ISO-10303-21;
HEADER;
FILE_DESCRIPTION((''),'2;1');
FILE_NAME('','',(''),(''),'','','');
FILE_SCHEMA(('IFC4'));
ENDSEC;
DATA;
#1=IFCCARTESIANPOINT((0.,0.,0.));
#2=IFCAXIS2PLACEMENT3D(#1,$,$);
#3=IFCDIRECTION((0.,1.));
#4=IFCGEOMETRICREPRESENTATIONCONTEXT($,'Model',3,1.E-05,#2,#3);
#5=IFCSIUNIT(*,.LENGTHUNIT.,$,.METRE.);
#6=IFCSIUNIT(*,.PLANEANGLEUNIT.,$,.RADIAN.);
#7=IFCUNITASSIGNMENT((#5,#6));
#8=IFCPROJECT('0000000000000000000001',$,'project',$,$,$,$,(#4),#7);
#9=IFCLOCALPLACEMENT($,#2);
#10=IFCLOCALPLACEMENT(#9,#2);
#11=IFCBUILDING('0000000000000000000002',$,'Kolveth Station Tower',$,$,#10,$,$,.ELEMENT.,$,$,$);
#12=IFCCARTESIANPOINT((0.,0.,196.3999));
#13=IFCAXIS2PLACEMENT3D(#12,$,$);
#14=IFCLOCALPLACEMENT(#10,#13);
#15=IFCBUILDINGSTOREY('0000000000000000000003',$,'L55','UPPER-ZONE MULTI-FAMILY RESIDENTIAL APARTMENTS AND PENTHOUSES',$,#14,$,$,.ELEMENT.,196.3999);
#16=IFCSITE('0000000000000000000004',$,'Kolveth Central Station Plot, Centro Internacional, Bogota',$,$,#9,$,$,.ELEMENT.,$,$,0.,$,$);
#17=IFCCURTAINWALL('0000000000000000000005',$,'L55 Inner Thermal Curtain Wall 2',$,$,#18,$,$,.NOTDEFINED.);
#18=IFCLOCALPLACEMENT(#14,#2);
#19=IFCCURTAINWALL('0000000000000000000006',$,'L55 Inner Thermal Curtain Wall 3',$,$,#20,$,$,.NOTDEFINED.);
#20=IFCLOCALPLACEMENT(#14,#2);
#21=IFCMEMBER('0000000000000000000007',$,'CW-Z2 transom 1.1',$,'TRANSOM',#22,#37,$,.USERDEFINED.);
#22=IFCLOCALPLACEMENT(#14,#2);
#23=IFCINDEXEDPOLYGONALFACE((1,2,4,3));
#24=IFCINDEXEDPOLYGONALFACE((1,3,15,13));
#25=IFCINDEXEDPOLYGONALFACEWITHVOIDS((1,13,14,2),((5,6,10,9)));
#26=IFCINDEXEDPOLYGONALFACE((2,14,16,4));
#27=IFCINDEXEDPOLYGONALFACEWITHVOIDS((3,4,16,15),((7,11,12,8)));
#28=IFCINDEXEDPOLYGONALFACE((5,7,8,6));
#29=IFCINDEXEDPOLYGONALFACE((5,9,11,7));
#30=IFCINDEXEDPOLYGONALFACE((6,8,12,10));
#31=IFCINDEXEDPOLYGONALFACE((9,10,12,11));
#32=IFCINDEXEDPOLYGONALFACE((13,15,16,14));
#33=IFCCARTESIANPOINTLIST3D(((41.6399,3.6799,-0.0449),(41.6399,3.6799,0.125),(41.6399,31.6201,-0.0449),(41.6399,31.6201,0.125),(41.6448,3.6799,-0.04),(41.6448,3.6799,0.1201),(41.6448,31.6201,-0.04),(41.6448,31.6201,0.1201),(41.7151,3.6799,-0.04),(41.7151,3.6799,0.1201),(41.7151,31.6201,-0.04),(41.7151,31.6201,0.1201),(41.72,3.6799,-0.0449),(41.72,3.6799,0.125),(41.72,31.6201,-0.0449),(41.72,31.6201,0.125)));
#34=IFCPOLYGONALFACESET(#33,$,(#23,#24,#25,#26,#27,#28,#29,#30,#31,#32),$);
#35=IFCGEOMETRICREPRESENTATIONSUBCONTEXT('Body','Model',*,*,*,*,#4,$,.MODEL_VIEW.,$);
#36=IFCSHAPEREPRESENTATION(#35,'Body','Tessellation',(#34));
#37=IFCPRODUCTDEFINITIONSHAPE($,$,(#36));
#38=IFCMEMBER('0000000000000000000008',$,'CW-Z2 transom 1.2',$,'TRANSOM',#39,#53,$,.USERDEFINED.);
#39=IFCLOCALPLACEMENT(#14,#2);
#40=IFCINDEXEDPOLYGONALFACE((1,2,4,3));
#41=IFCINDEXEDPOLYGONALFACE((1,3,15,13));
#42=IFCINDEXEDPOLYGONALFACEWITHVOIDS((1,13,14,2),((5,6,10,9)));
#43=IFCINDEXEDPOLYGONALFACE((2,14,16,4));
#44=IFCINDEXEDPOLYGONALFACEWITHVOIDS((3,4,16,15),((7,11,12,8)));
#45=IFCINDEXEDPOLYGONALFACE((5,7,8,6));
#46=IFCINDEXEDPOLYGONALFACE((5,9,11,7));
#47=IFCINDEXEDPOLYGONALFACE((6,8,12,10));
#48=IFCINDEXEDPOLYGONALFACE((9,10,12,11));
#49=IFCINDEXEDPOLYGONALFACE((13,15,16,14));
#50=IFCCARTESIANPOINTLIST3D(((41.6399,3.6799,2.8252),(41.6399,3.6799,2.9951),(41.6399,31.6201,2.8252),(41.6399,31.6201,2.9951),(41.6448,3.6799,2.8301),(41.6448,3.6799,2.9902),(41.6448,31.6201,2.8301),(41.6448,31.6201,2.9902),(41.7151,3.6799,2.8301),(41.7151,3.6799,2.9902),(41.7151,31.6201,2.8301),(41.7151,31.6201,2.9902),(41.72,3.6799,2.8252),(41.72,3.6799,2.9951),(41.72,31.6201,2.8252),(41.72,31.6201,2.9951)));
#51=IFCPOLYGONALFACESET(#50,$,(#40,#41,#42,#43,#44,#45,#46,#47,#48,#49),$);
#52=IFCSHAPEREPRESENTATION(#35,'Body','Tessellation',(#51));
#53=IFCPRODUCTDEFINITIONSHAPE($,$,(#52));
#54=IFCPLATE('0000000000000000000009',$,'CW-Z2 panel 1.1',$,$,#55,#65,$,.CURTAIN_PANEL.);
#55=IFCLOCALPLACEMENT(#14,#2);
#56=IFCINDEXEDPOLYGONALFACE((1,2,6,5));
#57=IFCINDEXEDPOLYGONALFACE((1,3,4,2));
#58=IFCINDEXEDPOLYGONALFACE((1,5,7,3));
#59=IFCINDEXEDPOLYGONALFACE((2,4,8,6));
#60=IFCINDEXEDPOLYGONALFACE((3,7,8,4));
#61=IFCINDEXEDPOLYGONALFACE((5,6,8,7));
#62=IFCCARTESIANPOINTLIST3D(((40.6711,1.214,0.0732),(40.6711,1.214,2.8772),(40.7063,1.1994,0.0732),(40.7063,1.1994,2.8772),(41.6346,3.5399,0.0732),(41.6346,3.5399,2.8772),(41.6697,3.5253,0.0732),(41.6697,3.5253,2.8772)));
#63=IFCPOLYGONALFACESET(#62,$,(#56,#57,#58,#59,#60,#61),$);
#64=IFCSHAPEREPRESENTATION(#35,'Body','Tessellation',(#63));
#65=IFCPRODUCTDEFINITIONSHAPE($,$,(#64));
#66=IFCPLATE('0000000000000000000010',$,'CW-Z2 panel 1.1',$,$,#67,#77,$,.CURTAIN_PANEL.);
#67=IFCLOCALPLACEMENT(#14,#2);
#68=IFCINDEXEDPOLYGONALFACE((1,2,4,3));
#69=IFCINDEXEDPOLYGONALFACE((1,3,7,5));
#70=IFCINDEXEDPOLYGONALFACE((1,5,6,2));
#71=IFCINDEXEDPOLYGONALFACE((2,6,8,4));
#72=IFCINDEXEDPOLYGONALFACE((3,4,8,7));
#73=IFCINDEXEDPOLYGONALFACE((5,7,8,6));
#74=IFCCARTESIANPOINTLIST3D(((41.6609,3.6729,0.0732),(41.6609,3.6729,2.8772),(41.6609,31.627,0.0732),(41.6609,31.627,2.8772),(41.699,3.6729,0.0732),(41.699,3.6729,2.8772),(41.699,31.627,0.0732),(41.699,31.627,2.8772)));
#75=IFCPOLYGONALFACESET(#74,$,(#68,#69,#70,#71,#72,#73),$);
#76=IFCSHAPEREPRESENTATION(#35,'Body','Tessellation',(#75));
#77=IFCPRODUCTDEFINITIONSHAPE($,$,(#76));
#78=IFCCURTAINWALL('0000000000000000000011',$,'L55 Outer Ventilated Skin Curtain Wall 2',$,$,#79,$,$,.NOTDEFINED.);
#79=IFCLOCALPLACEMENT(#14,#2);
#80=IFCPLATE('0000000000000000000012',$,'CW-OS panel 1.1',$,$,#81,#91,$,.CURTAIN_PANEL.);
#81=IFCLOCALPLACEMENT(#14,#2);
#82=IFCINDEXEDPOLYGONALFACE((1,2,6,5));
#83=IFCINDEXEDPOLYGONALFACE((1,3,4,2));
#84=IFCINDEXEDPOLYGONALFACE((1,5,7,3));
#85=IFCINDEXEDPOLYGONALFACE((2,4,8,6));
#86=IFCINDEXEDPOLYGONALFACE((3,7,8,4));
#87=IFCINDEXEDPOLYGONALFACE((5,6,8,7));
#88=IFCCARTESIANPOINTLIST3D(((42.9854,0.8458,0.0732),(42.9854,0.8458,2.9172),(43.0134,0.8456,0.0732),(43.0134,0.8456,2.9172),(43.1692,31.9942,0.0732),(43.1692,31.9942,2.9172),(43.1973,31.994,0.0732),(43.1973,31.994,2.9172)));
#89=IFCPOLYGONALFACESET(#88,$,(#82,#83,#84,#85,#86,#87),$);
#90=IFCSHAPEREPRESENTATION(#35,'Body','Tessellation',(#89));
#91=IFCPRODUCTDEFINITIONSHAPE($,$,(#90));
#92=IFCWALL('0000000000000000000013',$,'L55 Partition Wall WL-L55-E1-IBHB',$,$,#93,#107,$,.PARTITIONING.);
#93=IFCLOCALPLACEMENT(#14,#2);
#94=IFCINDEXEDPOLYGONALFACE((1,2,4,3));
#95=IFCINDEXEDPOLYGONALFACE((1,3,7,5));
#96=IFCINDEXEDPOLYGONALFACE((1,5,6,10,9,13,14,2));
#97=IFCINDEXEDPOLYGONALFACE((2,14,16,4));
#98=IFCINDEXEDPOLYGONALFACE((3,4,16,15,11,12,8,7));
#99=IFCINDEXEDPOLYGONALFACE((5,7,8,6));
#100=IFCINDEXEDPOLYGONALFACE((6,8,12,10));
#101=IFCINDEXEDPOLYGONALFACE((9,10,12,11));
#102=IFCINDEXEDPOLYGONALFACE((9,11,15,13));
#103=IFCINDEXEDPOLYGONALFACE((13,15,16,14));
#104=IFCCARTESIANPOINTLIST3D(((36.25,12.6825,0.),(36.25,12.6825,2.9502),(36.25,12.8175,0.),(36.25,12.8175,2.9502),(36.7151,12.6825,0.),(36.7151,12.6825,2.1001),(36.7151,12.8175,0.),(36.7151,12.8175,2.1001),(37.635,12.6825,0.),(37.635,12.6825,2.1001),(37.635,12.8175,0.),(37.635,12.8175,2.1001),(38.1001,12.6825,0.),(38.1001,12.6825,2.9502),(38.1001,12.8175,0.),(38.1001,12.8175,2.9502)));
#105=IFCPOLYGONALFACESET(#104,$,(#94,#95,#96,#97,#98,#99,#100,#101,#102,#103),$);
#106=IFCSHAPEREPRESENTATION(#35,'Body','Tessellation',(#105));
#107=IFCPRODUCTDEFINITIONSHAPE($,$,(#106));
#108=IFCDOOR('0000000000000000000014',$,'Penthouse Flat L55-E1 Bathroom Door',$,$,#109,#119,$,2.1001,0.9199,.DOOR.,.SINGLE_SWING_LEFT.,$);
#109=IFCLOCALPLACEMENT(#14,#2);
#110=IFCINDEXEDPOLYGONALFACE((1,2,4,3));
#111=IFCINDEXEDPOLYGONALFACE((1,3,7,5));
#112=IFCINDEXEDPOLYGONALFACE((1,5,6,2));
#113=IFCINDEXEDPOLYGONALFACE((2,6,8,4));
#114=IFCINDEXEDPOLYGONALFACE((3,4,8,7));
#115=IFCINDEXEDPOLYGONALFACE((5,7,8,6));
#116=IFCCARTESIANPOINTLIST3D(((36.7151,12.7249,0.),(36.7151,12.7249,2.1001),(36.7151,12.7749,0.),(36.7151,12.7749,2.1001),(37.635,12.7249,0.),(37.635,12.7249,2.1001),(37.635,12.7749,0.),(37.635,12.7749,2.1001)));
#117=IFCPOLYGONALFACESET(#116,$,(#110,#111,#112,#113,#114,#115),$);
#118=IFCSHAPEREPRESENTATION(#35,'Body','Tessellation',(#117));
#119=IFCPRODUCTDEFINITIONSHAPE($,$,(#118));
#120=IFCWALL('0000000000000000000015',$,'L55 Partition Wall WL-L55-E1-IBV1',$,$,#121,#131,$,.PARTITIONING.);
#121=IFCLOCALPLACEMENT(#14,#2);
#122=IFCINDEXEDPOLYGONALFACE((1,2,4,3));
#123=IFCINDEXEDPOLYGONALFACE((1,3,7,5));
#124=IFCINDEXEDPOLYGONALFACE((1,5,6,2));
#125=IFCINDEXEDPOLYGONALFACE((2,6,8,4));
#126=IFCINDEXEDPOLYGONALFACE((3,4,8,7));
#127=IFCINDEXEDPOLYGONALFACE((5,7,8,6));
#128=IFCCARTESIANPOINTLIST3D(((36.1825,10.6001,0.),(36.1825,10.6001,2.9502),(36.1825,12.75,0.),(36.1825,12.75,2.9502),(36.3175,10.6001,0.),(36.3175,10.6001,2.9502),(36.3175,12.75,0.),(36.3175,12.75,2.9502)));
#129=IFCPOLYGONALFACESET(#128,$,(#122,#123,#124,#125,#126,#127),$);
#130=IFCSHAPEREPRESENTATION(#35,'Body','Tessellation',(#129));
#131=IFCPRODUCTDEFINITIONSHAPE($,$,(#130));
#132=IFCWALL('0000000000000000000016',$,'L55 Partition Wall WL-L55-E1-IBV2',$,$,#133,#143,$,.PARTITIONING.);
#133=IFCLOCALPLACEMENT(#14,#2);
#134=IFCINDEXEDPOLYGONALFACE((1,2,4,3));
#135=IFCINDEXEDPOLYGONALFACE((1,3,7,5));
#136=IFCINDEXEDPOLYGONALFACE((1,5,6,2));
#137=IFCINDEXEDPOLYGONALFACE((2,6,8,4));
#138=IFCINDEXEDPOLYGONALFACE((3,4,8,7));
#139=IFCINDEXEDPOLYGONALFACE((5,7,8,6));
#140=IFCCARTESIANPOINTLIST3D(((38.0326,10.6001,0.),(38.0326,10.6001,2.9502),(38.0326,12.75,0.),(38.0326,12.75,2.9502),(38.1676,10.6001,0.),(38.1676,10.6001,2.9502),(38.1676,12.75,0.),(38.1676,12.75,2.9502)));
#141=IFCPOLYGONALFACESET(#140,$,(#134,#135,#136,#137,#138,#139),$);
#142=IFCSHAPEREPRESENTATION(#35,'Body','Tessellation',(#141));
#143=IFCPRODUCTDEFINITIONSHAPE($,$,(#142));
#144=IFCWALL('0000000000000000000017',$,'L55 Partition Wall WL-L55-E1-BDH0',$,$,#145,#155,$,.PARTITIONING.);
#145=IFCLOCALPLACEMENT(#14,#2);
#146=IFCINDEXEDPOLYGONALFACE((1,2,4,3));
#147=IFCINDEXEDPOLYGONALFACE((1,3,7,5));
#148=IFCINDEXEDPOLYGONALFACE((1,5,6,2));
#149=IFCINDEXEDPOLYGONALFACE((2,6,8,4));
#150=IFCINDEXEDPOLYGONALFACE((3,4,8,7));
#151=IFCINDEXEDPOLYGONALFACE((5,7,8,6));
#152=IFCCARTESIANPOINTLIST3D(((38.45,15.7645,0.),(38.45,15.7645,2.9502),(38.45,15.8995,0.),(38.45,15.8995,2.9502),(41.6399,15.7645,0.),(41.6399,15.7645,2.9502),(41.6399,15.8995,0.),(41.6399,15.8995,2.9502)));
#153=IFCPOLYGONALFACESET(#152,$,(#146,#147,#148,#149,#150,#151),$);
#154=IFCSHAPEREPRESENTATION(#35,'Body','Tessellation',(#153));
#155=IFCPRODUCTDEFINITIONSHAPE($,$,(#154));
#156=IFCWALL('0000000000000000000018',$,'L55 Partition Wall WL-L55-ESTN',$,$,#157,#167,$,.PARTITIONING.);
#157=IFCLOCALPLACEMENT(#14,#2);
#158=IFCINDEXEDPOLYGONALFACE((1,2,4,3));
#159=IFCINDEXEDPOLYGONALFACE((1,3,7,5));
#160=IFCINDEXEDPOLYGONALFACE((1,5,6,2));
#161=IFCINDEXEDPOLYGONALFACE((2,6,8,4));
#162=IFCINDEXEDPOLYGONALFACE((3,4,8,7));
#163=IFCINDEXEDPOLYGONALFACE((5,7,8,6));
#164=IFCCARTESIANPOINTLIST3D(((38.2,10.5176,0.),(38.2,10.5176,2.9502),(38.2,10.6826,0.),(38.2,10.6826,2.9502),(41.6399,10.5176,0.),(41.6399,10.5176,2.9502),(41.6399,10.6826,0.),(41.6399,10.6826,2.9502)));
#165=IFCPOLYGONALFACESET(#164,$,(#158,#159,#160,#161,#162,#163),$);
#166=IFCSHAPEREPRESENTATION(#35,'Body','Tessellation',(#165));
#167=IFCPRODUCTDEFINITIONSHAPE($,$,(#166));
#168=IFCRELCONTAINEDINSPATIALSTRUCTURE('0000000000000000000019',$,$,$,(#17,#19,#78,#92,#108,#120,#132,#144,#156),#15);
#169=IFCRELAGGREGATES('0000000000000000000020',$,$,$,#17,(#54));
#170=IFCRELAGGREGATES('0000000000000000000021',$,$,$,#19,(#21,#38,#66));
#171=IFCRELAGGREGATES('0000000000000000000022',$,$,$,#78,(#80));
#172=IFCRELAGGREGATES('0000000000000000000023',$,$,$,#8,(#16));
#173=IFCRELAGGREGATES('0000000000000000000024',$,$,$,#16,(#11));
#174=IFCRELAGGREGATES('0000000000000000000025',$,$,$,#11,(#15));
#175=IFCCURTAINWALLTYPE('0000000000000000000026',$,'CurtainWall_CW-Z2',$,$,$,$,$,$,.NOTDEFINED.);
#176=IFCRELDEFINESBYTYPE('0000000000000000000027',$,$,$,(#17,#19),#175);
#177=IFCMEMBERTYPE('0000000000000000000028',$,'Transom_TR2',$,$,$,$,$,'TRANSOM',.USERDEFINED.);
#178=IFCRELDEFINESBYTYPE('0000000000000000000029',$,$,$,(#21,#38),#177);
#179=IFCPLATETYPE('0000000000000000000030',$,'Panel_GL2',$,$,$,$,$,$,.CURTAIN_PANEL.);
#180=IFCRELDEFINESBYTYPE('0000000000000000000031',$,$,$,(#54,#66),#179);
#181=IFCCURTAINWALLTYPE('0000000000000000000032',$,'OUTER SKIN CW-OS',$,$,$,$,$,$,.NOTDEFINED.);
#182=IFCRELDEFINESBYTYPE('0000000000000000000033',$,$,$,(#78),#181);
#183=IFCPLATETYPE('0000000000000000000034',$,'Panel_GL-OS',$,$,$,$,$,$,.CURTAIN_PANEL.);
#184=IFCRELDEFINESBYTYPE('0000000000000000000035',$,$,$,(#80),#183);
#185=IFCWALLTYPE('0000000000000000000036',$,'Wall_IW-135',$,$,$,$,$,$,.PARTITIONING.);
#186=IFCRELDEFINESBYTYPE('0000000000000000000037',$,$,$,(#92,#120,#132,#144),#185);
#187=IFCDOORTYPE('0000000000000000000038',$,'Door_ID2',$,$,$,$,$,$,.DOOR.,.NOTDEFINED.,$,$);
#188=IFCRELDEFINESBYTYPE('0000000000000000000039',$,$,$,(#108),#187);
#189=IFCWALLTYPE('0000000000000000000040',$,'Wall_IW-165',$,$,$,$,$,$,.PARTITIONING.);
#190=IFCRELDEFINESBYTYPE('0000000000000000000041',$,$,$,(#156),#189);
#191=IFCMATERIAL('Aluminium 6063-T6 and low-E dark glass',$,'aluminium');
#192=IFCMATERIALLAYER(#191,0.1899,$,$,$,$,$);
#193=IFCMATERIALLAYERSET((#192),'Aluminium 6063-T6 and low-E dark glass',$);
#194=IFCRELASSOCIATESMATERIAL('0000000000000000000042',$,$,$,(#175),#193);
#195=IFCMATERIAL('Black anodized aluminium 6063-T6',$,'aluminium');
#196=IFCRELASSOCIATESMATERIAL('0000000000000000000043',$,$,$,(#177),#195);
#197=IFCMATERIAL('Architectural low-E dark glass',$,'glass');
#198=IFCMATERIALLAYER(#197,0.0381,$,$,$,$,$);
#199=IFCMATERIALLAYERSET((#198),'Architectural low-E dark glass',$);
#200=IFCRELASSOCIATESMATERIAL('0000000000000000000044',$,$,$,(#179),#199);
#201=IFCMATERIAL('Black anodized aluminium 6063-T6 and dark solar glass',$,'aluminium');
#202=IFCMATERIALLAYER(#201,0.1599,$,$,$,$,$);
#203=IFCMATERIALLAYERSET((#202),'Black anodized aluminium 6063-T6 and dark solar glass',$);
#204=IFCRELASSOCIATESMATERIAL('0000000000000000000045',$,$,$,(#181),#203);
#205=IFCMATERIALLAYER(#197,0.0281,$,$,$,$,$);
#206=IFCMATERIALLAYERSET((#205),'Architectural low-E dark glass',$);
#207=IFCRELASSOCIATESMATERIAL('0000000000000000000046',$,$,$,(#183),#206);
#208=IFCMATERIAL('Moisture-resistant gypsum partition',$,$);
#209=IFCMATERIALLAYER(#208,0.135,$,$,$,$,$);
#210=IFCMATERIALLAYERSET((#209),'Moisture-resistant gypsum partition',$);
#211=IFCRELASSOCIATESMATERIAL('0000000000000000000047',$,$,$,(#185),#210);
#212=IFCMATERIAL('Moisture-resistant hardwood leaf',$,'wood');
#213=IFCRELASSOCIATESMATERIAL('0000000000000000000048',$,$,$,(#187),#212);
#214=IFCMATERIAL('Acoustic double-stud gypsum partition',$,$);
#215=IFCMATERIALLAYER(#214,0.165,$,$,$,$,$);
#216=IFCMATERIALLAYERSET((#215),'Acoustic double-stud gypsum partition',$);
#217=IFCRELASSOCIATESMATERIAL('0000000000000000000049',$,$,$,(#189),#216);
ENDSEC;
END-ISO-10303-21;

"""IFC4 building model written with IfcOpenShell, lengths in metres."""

from ifc_helpers import new_model, si_unit, direction, frame, frame_2d, origin, origin_2d, place, context, subcontext, project, spatial, rectangle, hollow_rectangle, extrude, source, transform, mapped, material, layer, layer_set, material_profile, profile_set, type_object, element, fill, aggregate, save


model = new_model("IFC4")

# Units and contexts
model_context = context("Model", 3, precision=1e-05, world=origin(), true_north=direction((0.0, 1.0)))
body_context = subcontext(model_context, "Body", "Model", "MODEL_VIEW")
ifc_project = project(units=[si_unit("LENGTHUNIT", "METRE"), si_unit("PLANEANGLEUNIT", "RADIAN")], contexts=[model_context])

# Site, building, storey
site_placement = place(None, origin())
site = spatial("IfcSite", under=ifc_project, at=site_placement, Name="Kolveth Central Station Plot, Centro Internacional, Bogota", CompositionType="ELEMENT", RefElevation=0.0)
building_placement = place(site_placement, origin())
building = spatial("IfcBuilding", under=site, at=building_placement, Name="Kolveth Station Tower", CompositionType="ELEMENT")
storey_placement = place(building_placement, frame((0.0, 0.0, 196.3999)))
storey = spatial("IfcBuildingStorey", under=building, at=storey_placement, Name="L55", Description="UPPER-ZONE MULTI-FAMILY RESIDENTIAL APARTMENTS AND PENTHOUSES", CompositionType="ELEMENT", Elevation=196.3999)

# Curtain walls
ifc_material_1 = material(Name="Aluminium 6063-T6 and low-E dark glass", Category="aluminium")
ifc_layer_1 = layer(ifc_material_1, 0.1899)
ifc_layer_set_1 = layer_set([ifc_layer_1], Name="Aluminium 6063-T6 and low-E dark glass")
curtain_wall_type_1 = type_object("IfcCurtainWallType", Name="CurtainWall_CW-Z2", PredefinedType="NOTDEFINED", material=ifc_layer_set_1)
curtain_wall_1_placement = place(storey_placement, origin())
curtain_wall_1 = element("IfcCurtainWall", 1, at=curtain_wall_1_placement, inside=storey, type_object=curtain_wall_type_1, Name="L55 Inner Thermal Curtain Wall 2", PredefinedType="NOTDEFINED")
ifc_material_2 = material(Name="Black anodized aluminium 6063-T6", Category="aluminium")
curtain_wall_2_placement = place(storey_placement, origin())
curtain_wall_2 = element("IfcCurtainWall", 2, at=curtain_wall_2_placement, inside=storey, type_object=curtain_wall_type_1, Name="L55 Inner Thermal Curtain Wall 3", PredefinedType="NOTDEFINED")

# Members
ifc_material_profile_1 = material_profile(ifc_material_2, hollow_rectangle(XDim=0.0801, YDim=0.1699, WallThickness=0.0049, at=origin_2d()), Name="ALU-80x170x5")
ifc_profile_set_1 = profile_set([ifc_material_profile_1], Name="Black anodized aluminium 6063-T6")
member_type_1 = type_object("IfcMemberType", Name="Transom_TR2", ElementType="TRANSOM", PredefinedType="USERDEFINED", material=ifc_profile_set_1)
shared_shape_1 = source(origin(), body_context, "Body", "SweptSolid", [
    extrude(hollow_rectangle(XDim=0.0801, YDim=0.1699, WallThickness=0.0049, at=origin_2d()), origin(), (0.0, 0.0, 1.0), 27.9402),
])
member_1_placement = place(storey_placement, frame((41.6799, 3.6799, 0.04), z_axis=(0.0, 1.0, 0.0), x_axis=(-1.0, 0.0, 0.0)))
member_1 = element("IfcMember", 3, at=member_1_placement, type_object=member_type_1, Name="CW-Z2 transom 1.1", ObjectType="TRANSOM", PredefinedType="USERDEFINED", context=body_context, shape_type="MappedRepresentation", body=[
    mapped(shared_shape_1, transform((0.0, 0.0, 0.0), x_axis=(1.0, 0.0, 0.0), y_axis=(0.0, 1.0, 0.0), z_axis=(0.0, 0.0, 1.0), scale=1.0)),
])
member_2_placement = place(storey_placement, frame((41.6799, 3.6799, 2.9102), z_axis=(0.0, 1.0, 0.0), x_axis=(-1.0, 0.0, 0.0)))
member_2 = element("IfcMember", 4, at=member_2_placement, type_object=member_type_1, Name="CW-Z2 transom 1.2", ObjectType="TRANSOM", PredefinedType="USERDEFINED", context=body_context, shape_type="MappedRepresentation", body=[
    mapped(shared_shape_1, transform((0.0, 0.0, 0.0), x_axis=(1.0, 0.0, 0.0), y_axis=(0.0, 1.0, 0.0), z_axis=(0.0, 0.0, 1.0), scale=1.0)),
])

# Plates
ifc_material_3 = material(Name="Architectural low-E dark glass", Category="glass")
ifc_layer_2 = layer(ifc_material_3, 0.0381)
ifc_layer_set_2 = layer_set([ifc_layer_2], Name="Architectural low-E dark glass")
plate_type_1 = type_object("IfcPlateType", Name="Panel_GL2", PredefinedType="CURTAIN_PANEL", material=ifc_layer_set_2)
shared_shape_2 = source(origin(), body_context, "Body", "SweptSolid", [
    extrude(rectangle(XDim=2.5176, YDim=0.0381, at=origin_2d()), origin(), (0.0, 0.0, 1.0), 2.804),
])
plate_1_placement = place(storey_placement, frame((41.1704, 2.3696, 0.0732), z_axis=(0.0, 0.0, 1.0), x_axis=(0.382698, 0.923874, 0.0)))
plate_1 = element("IfcPlate", 5, at=plate_1_placement, type_object=plate_type_1, Name="CW-Z2 panel 1.1", PredefinedType="CURTAIN_PANEL", context=body_context, shape_type="MappedRepresentation", body=[
    mapped(shared_shape_2, transform((0.0, 0.0, 0.0), x_axis=(1.0, 0.0, 0.0), y_axis=(0.0, 1.0, 0.0), z_axis=(0.0, 0.0, 1.0), scale=1.0)),
])
aggregate(curtain_wall_1, [plate_1])
shared_shape_3 = source(origin(), body_context, "Body", "SweptSolid", [
    extrude(rectangle(XDim=27.9541, YDim=0.0381, at=origin_2d()), origin(), (0.0, 0.0, 1.0), 2.804),
])
plate_2_placement = place(storey_placement, frame((41.6799, 17.6499, 0.0732), z_axis=(0.0, 0.0, 1.0), x_axis=(0.0, 1.0, 0.0)))
plate_2 = element("IfcPlate", 6, at=plate_2_placement, type_object=plate_type_1, Name="CW-Z2 panel 1.1", PredefinedType="CURTAIN_PANEL", context=body_context, shape_type="MappedRepresentation", body=[
    mapped(shared_shape_3, transform((0.0, 0.0, 0.0), x_axis=(1.0, 0.0, 0.0), y_axis=(0.0, 1.0, 0.0), z_axis=(0.0, 0.0, 1.0), scale=1.0)),
])
aggregate(curtain_wall_2, [member_1, member_2, plate_2])

# Curtain wall, plate
ifc_material_4 = material(Name="Black anodized aluminium 6063-T6 and dark solar glass", Category="aluminium")
ifc_layer_3 = layer(ifc_material_4, 0.1599)
ifc_layer_set_3 = layer_set([ifc_layer_3], Name="Black anodized aluminium 6063-T6 and dark solar glass")
curtain_wall_type_2 = type_object("IfcCurtainWallType", Name="OUTER SKIN CW-OS", PredefinedType="NOTDEFINED", material=ifc_layer_set_3)
curtain_wall_3_placement = place(storey_placement, origin())
curtain_wall_3 = element("IfcCurtainWall", 7, at=curtain_wall_3_placement, inside=storey, type_object=curtain_wall_type_2, Name="L55 Outer Ventilated Skin Curtain Wall 2", PredefinedType="NOTDEFINED")
ifc_layer_4 = layer(ifc_material_3, 0.0281)
ifc_layer_set_4 = layer_set([ifc_layer_4], Name="Architectural low-E dark glass")
plate_type_2 = type_object("IfcPlateType", Name="Panel_GL-OS", PredefinedType="CURTAIN_PANEL", material=ifc_layer_set_4)
shared_shape_4 = source(origin(), body_context, "Body", "SweptSolid", [
    extrude(rectangle(XDim=31.1489, YDim=0.0281, at=origin_2d()), origin(), (0.0, 0.0, 1.0), 2.844),
])
plate_3_placement = place(storey_placement, frame((43.0913, 16.4199, 0.0732), z_axis=(0.0, 0.0, 1.0), x_axis=(0.005901, 0.999983, 0.0)))
plate_3 = element("IfcPlate", 8, at=plate_3_placement, type_object=plate_type_2, Name="CW-OS panel 1.1", PredefinedType="CURTAIN_PANEL", context=body_context, shape_type="MappedRepresentation", body=[
    mapped(shared_shape_4, transform((0.0, 0.0, 0.0), x_axis=(1.0, 0.0, 0.0), y_axis=(0.0, 1.0, 0.0), z_axis=(0.0, 0.0, 1.0), scale=1.0)),
])
aggregate(curtain_wall_3, [plate_3])

# Wall, opening, door
ifc_material_5 = material(Name="Moisture-resistant gypsum partition")
ifc_layer_5 = layer(ifc_material_5, 0.135)
ifc_layer_set_5 = layer_set([ifc_layer_5], Name="Moisture-resistant gypsum partition")
wall_type_1 = type_object("IfcWallType", Name="Wall_IW-135", PredefinedType="PARTITIONING", material=ifc_layer_set_5)
wall_1_placement = place(storey_placement, frame((36.25, 12.75, 0.0), z_axis=(0.0, 0.0, 1.0), x_axis=(1.0, 0.0, 0.0)))
wall_1 = element("IfcWall", 9, at=wall_1_placement, inside=storey, type_object=wall_type_1, Name="L55 Partition Wall WL-L55-E1-IBHB", PredefinedType="PARTITIONING", context=body_context, shape_type="SweptSolid", body=[
    extrude(rectangle(XDim=1.8501, YDim=0.135, at=frame_2d((0.925, 0.0))), origin(), (0.0, 0.0, 1.0), 2.9502),
])
opening_1_placement = place(wall_1_placement, frame((0.4651, 0.0, 0.0)))
opening_1 = element("IfcOpeningElement", 10, at=opening_1_placement, cuts=wall_1, PredefinedType="OPENING", context=body_context, shape_type="SweptSolid", body=[
    extrude(rectangle(XDim=0.9199, YDim=2.1001, at=frame_2d((0.46, 1.05))), frame((0.0, 0.0774, 0.0), z_axis=(0.0, -1.0, 0.0), x_axis=(1.0, 0.0, 0.0)), (0.0, 0.0, 1.0), 0.155),
])
ifc_material_6 = material(Name="Moisture-resistant hardwood leaf", Category="wood")
door_type_1 = type_object("IfcDoorType", Name="Door_ID2", OperationType="NOTDEFINED", PredefinedType="DOOR", material=ifc_material_6)
door_1_placement = place(opening_1_placement, origin())
door_1 = element("IfcDoor", 11, at=door_1_placement, inside=storey, type_object=door_type_1, Name="Penthouse Flat L55-E1 Bathroom Door", OperationType="SINGLE_SWING_LEFT", OverallHeight=2.1001, OverallWidth=0.9199, PredefinedType="DOOR", context=body_context, shape_type="SweptSolid", body=[
    extrude(rectangle(XDim=0.9199, YDim=2.1001, at=frame_2d((0.46, 1.05))), frame((0.0, 0.0249, 0.0), z_axis=(0.0, -1.0, 0.0), x_axis=(1.0, 0.0, 0.0)), (0.0, 0.0, 1.0), 0.05),
])
fill(opening_1, door_1)

# Walls
for number, where, z_axis, x_axis, name in (
    (12, (36.25, 10.6001, 0.0), (0.0, 0.0, 1.0), (0.0, 1.0, 0.0), "L55 Partition Wall WL-L55-E1-IBV1"),
    (13, (38.1001, 10.6001, 0.0), (0.0, 0.0, 1.0), (0.0, 1.0, 0.0), "L55 Partition Wall WL-L55-E1-IBV2"),
):
    element("IfcWall", number, at=place(storey_placement, frame(where, z_axis=z_axis, x_axis=x_axis)), inside=storey, type_object=wall_type_1, Name=name, PredefinedType="PARTITIONING", context=body_context, shape_type="SweptSolid", body=[
        extrude(rectangle(XDim=2.1499, YDim=0.135, at=frame_2d((1.075, 0.0))), origin(), (0.0, 0.0, 1.0), 2.9502),
    ])
wall_2_placement = place(storey_placement, frame((38.45, 15.832, 0.0), z_axis=(0.0, 0.0, 1.0), x_axis=(1.0, 0.0, 0.0)))
element("IfcWall", 14, at=wall_2_placement, inside=storey, type_object=wall_type_1, Name="L55 Partition Wall WL-L55-E1-BDH0", PredefinedType="PARTITIONING", context=body_context, shape_type="SweptSolid", body=[
    extrude(rectangle(XDim=3.1899, YDim=0.135, at=frame_2d((1.595, 0.0))), origin(), (0.0, 0.0, 1.0), 2.9502),
])

# Shared definitions
ifc_material_7 = material(Name="Acoustic double-stud gypsum partition")
ifc_layer_6 = layer(ifc_material_7, 0.165)
ifc_layer_set_6 = layer_set([ifc_layer_6], Name="Acoustic double-stud gypsum partition")
wall_type_2 = type_object("IfcWallType", Name="Wall_IW-165", PredefinedType="PARTITIONING", material=ifc_layer_set_6)

# Wall
wall_3_placement = place(storey_placement, frame((38.2, 10.6001, 0.0), z_axis=(0.0, 0.0, 1.0), x_axis=(1.0, 0.0, 0.0)))
element("IfcWall", 15, at=wall_3_placement, inside=storey, type_object=wall_type_2, Name="L55 Partition Wall WL-L55-ESTN", PredefinedType="PARTITIONING", context=body_context, shape_type="SweptSolid", body=[
    extrude(rectangle(XDim=3.4399, YDim=0.165, at=frame_2d((1.72, 0.0))), origin(), (0.0, 0.0, 1.0), 2.9502),
])

save(model, "model.ifc")
